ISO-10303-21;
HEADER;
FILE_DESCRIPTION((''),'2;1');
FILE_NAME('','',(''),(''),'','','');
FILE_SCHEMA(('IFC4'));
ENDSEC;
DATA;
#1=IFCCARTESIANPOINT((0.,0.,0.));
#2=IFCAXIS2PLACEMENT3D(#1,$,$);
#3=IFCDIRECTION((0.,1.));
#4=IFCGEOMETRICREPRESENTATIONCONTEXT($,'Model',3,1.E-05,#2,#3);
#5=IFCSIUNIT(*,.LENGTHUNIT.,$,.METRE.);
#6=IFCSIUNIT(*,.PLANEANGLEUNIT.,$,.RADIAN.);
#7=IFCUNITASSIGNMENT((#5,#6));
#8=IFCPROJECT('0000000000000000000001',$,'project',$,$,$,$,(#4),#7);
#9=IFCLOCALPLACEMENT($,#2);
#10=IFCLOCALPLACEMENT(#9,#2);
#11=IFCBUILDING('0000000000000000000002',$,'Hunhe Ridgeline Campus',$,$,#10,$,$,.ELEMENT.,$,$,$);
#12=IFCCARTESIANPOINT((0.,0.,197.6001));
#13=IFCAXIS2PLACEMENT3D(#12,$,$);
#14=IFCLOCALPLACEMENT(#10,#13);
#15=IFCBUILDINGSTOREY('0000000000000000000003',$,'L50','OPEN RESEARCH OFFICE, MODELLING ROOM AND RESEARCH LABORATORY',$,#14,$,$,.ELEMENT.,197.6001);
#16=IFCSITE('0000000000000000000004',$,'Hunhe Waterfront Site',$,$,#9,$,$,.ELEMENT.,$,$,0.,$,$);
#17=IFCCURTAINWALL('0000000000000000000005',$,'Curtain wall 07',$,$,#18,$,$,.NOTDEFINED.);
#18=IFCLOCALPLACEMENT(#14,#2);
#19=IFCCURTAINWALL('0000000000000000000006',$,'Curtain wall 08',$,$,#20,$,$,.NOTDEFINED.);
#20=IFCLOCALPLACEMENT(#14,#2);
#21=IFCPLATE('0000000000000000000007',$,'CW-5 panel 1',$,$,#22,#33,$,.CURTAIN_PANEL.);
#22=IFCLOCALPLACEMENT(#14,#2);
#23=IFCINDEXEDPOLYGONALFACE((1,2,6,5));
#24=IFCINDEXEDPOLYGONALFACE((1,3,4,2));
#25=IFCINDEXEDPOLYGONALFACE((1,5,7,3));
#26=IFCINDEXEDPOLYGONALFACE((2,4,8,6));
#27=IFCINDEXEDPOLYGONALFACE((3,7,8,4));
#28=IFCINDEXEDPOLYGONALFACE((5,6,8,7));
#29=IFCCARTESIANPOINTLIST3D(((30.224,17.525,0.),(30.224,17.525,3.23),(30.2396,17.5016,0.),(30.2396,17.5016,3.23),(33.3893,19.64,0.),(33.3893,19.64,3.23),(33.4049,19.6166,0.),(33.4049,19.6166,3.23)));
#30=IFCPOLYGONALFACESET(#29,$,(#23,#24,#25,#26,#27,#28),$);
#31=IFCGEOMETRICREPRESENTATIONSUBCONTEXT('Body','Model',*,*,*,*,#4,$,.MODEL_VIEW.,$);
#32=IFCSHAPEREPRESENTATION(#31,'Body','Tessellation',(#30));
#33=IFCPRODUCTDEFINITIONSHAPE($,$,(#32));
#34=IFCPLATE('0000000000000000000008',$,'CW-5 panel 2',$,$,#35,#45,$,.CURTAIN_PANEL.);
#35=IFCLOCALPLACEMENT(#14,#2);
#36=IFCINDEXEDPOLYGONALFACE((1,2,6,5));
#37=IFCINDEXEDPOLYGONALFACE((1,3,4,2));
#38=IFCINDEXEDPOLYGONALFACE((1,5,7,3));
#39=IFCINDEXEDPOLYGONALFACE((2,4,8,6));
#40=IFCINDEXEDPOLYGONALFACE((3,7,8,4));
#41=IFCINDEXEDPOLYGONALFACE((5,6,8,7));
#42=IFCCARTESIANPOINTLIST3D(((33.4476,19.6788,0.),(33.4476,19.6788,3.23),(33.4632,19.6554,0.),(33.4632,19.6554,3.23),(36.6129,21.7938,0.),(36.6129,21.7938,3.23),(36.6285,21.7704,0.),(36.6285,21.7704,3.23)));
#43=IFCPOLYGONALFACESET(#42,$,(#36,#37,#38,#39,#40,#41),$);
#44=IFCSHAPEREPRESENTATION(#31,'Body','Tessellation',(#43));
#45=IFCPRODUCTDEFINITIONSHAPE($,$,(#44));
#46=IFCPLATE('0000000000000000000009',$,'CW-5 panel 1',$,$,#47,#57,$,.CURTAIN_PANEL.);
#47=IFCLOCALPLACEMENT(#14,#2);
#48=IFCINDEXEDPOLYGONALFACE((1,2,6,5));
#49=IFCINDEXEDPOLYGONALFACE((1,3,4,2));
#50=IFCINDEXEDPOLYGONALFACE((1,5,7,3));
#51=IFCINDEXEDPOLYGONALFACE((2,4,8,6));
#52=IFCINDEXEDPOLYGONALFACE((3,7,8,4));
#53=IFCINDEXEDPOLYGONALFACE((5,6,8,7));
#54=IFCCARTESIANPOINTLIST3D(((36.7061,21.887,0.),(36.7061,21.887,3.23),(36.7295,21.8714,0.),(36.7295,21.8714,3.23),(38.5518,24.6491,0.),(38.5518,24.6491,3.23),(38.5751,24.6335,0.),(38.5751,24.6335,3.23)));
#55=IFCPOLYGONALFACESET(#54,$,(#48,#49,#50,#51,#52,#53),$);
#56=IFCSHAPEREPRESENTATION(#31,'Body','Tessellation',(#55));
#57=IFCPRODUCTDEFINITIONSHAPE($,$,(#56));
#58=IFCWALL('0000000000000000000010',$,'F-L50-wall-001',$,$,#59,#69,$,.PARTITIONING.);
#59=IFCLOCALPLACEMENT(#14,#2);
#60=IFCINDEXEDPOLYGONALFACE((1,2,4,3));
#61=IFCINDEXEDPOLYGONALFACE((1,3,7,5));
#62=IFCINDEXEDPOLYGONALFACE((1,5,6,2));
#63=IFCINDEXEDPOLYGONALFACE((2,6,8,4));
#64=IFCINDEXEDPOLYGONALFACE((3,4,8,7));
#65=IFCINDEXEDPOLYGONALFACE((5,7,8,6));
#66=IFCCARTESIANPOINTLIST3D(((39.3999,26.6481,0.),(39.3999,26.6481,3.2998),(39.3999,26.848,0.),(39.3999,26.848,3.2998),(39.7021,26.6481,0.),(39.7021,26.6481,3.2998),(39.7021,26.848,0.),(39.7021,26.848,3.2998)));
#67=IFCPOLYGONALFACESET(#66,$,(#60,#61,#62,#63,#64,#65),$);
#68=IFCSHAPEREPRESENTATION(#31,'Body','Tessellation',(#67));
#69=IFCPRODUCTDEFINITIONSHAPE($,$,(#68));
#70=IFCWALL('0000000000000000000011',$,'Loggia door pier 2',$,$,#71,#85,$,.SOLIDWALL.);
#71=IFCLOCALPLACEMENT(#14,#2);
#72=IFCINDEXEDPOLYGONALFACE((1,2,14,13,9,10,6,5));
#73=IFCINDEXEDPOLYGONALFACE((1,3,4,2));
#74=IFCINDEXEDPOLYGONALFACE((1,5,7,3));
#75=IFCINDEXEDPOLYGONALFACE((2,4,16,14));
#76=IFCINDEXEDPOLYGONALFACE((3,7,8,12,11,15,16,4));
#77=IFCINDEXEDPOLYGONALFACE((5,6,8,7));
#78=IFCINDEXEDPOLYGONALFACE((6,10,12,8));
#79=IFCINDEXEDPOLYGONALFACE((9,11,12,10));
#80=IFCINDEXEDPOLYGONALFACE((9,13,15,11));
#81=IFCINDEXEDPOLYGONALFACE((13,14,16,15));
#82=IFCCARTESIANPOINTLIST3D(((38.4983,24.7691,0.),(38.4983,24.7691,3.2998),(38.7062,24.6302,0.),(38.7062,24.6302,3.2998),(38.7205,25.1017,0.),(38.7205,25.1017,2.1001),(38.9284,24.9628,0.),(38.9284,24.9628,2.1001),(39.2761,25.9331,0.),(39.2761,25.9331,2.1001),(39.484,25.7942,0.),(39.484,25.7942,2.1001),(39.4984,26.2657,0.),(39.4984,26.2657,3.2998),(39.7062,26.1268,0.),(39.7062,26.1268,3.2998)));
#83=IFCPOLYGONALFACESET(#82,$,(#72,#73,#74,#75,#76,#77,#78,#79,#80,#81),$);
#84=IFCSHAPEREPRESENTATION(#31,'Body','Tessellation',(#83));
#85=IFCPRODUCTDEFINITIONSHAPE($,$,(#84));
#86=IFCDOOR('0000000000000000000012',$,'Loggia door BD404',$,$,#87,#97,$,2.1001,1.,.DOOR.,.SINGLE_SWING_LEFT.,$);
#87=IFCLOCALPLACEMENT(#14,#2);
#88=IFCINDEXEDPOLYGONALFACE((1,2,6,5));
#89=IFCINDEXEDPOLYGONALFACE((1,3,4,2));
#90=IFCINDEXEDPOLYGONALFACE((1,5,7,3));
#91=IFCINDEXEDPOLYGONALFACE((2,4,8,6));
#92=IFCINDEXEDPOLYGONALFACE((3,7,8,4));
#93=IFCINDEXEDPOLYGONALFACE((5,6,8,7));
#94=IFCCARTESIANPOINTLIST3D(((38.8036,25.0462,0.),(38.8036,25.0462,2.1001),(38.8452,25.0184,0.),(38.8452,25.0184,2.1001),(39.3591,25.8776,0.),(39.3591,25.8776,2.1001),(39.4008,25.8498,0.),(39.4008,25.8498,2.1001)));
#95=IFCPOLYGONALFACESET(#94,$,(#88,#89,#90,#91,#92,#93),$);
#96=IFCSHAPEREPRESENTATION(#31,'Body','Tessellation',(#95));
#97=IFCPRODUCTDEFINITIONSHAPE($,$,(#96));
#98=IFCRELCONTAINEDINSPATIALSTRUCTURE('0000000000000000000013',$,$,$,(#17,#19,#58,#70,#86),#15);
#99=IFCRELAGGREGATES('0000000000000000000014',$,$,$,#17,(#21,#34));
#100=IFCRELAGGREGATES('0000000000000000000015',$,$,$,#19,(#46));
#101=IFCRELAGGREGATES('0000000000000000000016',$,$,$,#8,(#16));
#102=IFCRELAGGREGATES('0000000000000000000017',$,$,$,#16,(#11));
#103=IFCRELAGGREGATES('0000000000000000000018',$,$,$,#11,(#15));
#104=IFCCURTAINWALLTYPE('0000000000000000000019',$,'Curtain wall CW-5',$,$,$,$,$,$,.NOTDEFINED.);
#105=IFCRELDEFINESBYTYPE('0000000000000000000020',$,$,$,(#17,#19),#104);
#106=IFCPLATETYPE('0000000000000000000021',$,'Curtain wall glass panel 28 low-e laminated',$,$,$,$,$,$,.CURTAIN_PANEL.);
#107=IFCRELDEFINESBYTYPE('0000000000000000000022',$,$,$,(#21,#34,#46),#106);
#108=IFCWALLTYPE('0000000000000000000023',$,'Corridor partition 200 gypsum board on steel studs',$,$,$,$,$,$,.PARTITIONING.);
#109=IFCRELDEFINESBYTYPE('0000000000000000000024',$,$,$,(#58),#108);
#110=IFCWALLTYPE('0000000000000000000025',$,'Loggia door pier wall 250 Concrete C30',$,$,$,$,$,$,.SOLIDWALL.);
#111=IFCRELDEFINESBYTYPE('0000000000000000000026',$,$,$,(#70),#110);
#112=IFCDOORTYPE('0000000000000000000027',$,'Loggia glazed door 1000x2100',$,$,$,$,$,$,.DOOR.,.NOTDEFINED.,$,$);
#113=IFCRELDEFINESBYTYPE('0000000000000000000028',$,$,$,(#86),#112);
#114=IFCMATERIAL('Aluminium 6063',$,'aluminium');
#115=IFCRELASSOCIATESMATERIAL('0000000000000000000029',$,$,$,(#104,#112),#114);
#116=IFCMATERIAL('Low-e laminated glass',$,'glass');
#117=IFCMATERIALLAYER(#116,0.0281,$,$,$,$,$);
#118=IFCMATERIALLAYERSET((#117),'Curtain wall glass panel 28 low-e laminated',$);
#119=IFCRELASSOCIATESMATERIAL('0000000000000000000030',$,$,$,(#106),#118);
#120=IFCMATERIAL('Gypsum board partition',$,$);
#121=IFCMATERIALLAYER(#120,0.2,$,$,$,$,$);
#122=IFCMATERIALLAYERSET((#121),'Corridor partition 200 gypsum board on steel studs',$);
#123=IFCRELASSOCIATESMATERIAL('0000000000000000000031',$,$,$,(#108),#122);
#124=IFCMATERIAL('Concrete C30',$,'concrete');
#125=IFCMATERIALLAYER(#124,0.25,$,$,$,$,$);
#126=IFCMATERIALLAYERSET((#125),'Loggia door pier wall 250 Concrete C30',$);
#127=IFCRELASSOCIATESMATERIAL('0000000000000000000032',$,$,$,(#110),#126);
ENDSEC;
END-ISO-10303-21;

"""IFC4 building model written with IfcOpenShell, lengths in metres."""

from ifc_helpers import new_model, si_unit, direction, frame, frame_2d, origin, origin_2d, place, context, subcontext, project, spatial, rectangle, extrude, material, layer, layer_set, type_object, element, fill, aggregate, save


model = new_model("IFC4")

# Units and contexts
model_context = context("Model", 3, precision=1e-05, world=origin(), true_north=direction((0.0, 1.0)))
body_context = subcontext(model_context, "Body", "Model", "MODEL_VIEW")
ifc_project = project(units=[si_unit("LENGTHUNIT", "METRE"), si_unit("PLANEANGLEUNIT", "RADIAN")], contexts=[model_context])

# Site, building, storey
site_placement = place(None, origin())
site = spatial("IfcSite", under=ifc_project, at=site_placement, Name="Hunhe Waterfront Site", CompositionType="ELEMENT", RefElevation=0.0)
building_placement = place(site_placement, origin())
building = spatial("IfcBuilding", under=site, at=building_placement, Name="Hunhe Ridgeline Campus", CompositionType="ELEMENT")
storey_placement = place(building_placement, frame((0.0, 0.0, 197.6001)))
storey = spatial("IfcBuildingStorey", under=building, at=storey_placement, Name="L50", Description="OPEN RESEARCH OFFICE, MODELLING ROOM AND RESEARCH LABORATORY", CompositionType="ELEMENT", Elevation=197.6001)

# Shared definitions
ifc_material_1 = material(Name="Aluminium 6063", Category="aluminium")
curtain_wall_type = type_object("IfcCurtainWallType", Name="Curtain wall CW-5", PredefinedType="NOTDEFINED", material=ifc_material_1)

# Curtain walls
curtain_wall_1_placement = place(storey_placement, origin())
curtain_wall_1 = element("IfcCurtainWall", 1, at=curtain_wall_1_placement, inside=storey, type_object=curtain_wall_type, Name="Curtain wall 07", PredefinedType="NOTDEFINED")
curtain_wall_2_placement = place(storey_placement, origin())
curtain_wall_2 = element("IfcCurtainWall", 2, at=curtain_wall_2_placement, inside=storey, type_object=curtain_wall_type, Name="Curtain wall 08", PredefinedType="NOTDEFINED")

# Plates
ifc_material_2 = material(Name="Low-e laminated glass", Category="glass")
ifc_layer_1 = layer(ifc_material_2, 0.0281)
ifc_layer_set_1 = layer_set([ifc_layer_1], Name="Curtain wall glass panel 28 low-e laminated")
plate_type = type_object("IfcPlateType", Name="Curtain wall glass panel 28 low-e laminated", PredefinedType="CURTAIN_PANEL", material=ifc_layer_set_1)
plate_1_placement = place(storey_placement, frame((31.8145, 18.5708, 0.0), z_axis=(0.0, 0.0, 1.0), x_axis=(0.83147, 0.55557, 0.0)))
plate_1 = element("IfcPlate", 3, at=plate_1_placement, type_object=plate_type, Name="CW-5 panel 1", PredefinedType="CURTAIN_PANEL", context=body_context, shape_type="SweptSolid", body=[
    extrude(rectangle(XDim=3.8069, YDim=0.0281, at=origin_2d()), origin(), (0.0, 0.0, 1.0), 3.23),
])
plate_2_placement = place(storey_placement, frame((35.0381, 20.7246, 0.0), z_axis=(0.0, 0.0, 1.0), x_axis=(0.83147, 0.55557, 0.0)))
plate_2 = element("IfcPlate", 4, at=plate_2_placement, type_object=plate_type, Name="CW-5 panel 2", PredefinedType="CURTAIN_PANEL", context=body_context, shape_type="SweptSolid", body=[
    extrude(rectangle(XDim=3.8069, YDim=0.0281, at=origin_2d()), origin(), (0.0, 0.0, 1.0), 3.23),
])
aggregate(curtain_wall_1, [plate_1, plate_2])
plate_3_placement = place(storey_placement, frame((37.6406, 23.2603, 0.0), z_axis=(0.0, 0.0, 1.0), x_axis=(0.55557, 0.83147, 0.0)))
plate_3 = element("IfcPlate", 5, at=plate_3_placement, type_object=plate_type, Name="CW-5 panel 1", PredefinedType="CURTAIN_PANEL", context=body_context, shape_type="SweptSolid", body=[
    extrude(rectangle(XDim=3.322, YDim=0.0281, at=origin_2d()), origin(), (0.0, 0.0, 1.0), 3.23),
])
aggregate(curtain_wall_2, [plate_3])

# Wall
ifc_material_3 = material(Name="Gypsum board partition")
ifc_layer_2 = layer(ifc_material_3, 0.2)
ifc_layer_set_2 = layer_set([ifc_layer_2], Name="Corridor partition 200 gypsum board on steel studs")
wall_type_1 = type_object("IfcWallType", Name="Corridor partition 200 gypsum board on steel studs", PredefinedType="PARTITIONING", material=ifc_layer_set_2)
wall_1_placement = place(storey_placement, frame((39.3999, 26.748, 0.0), z_axis=(0.0, 0.0, 1.0), x_axis=(1.0, 0.0, 0.0)))
element("IfcWall", 6, at=wall_1_placement, inside=storey, type_object=wall_type_1, Name="F-L50-wall-001", PredefinedType="PARTITIONING", context=body_context, shape_type="SweptSolid", body=[
    extrude(rectangle(XDim=0.3022, YDim=0.2, at=frame_2d((0.1511, 0.0))), origin(), (0.0, 0.0, 1.0), 3.2998),
])

# Wall, opening, door
ifc_material_4 = material(Name="Concrete C30", Category="concrete")
ifc_layer_3 = layer(ifc_material_4, 0.25)
ifc_layer_set_3 = layer_set([ifc_layer_3], Name="Loggia door pier wall 250 Concrete C30")
wall_type_2 = type_object("IfcWallType", Name="Loggia door pier wall 250 Concrete C30", PredefinedType="SOLIDWALL", material=ifc_layer_set_3)
wall_2_placement = place(storey_placement, frame((38.6023, 24.6997, 0.0), z_axis=(0.0, 0.0, 1.0), x_axis=(0.555576, 0.831466, 0.0)))
wall_2 = element("IfcWall", 7, at=wall_2_placement, inside=storey, type_object=wall_type_2, Name="Loggia door pier 2", PredefinedType="SOLIDWALL", context=body_context, shape_type="SweptSolid", body=[
    extrude(rectangle(XDim=1.8, YDim=0.25, at=frame_2d((0.8999, 0.0))), origin(), (0.0, 0.0, 1.0), 3.2998),
])
opening_1_placement = place(wall_2_placement, frame((0.3999, 0.0, 0.0)))
opening_1 = element("IfcOpeningElement", 8, at=opening_1_placement, cuts=wall_2, PredefinedType="OPENING", context=body_context, shape_type="SweptSolid", body=[
    extrude(rectangle(XDim=1.0, YDim=2.1001, at=frame_2d((0.5, 1.05))), frame((0.0, 0.125, 0.0), z_axis=(0.0, -1.0, 0.0), x_axis=(1.0, 0.0, 0.0)), (0.0, 0.0, 1.0), 0.25),
])
door_type_1 = type_object("IfcDoorType", Name="Loggia glazed door 1000x2100", OperationType="NOTDEFINED", PredefinedType="DOOR", material=ifc_material_1)
door_1_placement = place(opening_1_placement, frame((1.0, 0.0, 0.0), z_axis=(0.0, 0.0, 1.0), x_axis=(-1.0, 0.0, 0.0)))
door_1 = element("IfcDoor", 9, at=door_1_placement, inside=storey, type_object=door_type_1, Name="Loggia door BD404", OperationType="SINGLE_SWING_LEFT", OverallHeight=2.1001, OverallWidth=1.0, PredefinedType="DOOR", context=body_context, shape_type="SweptSolid", body=[
    extrude(rectangle(XDim=1.0, YDim=2.1001, at=frame_2d((0.5, 1.05))), frame((0.0, 0.0249, 0.0), z_axis=(0.0, -1.0, 0.0), x_axis=(1.0, 0.0, 0.0)), (0.0, 0.0, 1.0), 0.05),
])
fill(opening_1, door_1)

save(model, "model.ifc")
